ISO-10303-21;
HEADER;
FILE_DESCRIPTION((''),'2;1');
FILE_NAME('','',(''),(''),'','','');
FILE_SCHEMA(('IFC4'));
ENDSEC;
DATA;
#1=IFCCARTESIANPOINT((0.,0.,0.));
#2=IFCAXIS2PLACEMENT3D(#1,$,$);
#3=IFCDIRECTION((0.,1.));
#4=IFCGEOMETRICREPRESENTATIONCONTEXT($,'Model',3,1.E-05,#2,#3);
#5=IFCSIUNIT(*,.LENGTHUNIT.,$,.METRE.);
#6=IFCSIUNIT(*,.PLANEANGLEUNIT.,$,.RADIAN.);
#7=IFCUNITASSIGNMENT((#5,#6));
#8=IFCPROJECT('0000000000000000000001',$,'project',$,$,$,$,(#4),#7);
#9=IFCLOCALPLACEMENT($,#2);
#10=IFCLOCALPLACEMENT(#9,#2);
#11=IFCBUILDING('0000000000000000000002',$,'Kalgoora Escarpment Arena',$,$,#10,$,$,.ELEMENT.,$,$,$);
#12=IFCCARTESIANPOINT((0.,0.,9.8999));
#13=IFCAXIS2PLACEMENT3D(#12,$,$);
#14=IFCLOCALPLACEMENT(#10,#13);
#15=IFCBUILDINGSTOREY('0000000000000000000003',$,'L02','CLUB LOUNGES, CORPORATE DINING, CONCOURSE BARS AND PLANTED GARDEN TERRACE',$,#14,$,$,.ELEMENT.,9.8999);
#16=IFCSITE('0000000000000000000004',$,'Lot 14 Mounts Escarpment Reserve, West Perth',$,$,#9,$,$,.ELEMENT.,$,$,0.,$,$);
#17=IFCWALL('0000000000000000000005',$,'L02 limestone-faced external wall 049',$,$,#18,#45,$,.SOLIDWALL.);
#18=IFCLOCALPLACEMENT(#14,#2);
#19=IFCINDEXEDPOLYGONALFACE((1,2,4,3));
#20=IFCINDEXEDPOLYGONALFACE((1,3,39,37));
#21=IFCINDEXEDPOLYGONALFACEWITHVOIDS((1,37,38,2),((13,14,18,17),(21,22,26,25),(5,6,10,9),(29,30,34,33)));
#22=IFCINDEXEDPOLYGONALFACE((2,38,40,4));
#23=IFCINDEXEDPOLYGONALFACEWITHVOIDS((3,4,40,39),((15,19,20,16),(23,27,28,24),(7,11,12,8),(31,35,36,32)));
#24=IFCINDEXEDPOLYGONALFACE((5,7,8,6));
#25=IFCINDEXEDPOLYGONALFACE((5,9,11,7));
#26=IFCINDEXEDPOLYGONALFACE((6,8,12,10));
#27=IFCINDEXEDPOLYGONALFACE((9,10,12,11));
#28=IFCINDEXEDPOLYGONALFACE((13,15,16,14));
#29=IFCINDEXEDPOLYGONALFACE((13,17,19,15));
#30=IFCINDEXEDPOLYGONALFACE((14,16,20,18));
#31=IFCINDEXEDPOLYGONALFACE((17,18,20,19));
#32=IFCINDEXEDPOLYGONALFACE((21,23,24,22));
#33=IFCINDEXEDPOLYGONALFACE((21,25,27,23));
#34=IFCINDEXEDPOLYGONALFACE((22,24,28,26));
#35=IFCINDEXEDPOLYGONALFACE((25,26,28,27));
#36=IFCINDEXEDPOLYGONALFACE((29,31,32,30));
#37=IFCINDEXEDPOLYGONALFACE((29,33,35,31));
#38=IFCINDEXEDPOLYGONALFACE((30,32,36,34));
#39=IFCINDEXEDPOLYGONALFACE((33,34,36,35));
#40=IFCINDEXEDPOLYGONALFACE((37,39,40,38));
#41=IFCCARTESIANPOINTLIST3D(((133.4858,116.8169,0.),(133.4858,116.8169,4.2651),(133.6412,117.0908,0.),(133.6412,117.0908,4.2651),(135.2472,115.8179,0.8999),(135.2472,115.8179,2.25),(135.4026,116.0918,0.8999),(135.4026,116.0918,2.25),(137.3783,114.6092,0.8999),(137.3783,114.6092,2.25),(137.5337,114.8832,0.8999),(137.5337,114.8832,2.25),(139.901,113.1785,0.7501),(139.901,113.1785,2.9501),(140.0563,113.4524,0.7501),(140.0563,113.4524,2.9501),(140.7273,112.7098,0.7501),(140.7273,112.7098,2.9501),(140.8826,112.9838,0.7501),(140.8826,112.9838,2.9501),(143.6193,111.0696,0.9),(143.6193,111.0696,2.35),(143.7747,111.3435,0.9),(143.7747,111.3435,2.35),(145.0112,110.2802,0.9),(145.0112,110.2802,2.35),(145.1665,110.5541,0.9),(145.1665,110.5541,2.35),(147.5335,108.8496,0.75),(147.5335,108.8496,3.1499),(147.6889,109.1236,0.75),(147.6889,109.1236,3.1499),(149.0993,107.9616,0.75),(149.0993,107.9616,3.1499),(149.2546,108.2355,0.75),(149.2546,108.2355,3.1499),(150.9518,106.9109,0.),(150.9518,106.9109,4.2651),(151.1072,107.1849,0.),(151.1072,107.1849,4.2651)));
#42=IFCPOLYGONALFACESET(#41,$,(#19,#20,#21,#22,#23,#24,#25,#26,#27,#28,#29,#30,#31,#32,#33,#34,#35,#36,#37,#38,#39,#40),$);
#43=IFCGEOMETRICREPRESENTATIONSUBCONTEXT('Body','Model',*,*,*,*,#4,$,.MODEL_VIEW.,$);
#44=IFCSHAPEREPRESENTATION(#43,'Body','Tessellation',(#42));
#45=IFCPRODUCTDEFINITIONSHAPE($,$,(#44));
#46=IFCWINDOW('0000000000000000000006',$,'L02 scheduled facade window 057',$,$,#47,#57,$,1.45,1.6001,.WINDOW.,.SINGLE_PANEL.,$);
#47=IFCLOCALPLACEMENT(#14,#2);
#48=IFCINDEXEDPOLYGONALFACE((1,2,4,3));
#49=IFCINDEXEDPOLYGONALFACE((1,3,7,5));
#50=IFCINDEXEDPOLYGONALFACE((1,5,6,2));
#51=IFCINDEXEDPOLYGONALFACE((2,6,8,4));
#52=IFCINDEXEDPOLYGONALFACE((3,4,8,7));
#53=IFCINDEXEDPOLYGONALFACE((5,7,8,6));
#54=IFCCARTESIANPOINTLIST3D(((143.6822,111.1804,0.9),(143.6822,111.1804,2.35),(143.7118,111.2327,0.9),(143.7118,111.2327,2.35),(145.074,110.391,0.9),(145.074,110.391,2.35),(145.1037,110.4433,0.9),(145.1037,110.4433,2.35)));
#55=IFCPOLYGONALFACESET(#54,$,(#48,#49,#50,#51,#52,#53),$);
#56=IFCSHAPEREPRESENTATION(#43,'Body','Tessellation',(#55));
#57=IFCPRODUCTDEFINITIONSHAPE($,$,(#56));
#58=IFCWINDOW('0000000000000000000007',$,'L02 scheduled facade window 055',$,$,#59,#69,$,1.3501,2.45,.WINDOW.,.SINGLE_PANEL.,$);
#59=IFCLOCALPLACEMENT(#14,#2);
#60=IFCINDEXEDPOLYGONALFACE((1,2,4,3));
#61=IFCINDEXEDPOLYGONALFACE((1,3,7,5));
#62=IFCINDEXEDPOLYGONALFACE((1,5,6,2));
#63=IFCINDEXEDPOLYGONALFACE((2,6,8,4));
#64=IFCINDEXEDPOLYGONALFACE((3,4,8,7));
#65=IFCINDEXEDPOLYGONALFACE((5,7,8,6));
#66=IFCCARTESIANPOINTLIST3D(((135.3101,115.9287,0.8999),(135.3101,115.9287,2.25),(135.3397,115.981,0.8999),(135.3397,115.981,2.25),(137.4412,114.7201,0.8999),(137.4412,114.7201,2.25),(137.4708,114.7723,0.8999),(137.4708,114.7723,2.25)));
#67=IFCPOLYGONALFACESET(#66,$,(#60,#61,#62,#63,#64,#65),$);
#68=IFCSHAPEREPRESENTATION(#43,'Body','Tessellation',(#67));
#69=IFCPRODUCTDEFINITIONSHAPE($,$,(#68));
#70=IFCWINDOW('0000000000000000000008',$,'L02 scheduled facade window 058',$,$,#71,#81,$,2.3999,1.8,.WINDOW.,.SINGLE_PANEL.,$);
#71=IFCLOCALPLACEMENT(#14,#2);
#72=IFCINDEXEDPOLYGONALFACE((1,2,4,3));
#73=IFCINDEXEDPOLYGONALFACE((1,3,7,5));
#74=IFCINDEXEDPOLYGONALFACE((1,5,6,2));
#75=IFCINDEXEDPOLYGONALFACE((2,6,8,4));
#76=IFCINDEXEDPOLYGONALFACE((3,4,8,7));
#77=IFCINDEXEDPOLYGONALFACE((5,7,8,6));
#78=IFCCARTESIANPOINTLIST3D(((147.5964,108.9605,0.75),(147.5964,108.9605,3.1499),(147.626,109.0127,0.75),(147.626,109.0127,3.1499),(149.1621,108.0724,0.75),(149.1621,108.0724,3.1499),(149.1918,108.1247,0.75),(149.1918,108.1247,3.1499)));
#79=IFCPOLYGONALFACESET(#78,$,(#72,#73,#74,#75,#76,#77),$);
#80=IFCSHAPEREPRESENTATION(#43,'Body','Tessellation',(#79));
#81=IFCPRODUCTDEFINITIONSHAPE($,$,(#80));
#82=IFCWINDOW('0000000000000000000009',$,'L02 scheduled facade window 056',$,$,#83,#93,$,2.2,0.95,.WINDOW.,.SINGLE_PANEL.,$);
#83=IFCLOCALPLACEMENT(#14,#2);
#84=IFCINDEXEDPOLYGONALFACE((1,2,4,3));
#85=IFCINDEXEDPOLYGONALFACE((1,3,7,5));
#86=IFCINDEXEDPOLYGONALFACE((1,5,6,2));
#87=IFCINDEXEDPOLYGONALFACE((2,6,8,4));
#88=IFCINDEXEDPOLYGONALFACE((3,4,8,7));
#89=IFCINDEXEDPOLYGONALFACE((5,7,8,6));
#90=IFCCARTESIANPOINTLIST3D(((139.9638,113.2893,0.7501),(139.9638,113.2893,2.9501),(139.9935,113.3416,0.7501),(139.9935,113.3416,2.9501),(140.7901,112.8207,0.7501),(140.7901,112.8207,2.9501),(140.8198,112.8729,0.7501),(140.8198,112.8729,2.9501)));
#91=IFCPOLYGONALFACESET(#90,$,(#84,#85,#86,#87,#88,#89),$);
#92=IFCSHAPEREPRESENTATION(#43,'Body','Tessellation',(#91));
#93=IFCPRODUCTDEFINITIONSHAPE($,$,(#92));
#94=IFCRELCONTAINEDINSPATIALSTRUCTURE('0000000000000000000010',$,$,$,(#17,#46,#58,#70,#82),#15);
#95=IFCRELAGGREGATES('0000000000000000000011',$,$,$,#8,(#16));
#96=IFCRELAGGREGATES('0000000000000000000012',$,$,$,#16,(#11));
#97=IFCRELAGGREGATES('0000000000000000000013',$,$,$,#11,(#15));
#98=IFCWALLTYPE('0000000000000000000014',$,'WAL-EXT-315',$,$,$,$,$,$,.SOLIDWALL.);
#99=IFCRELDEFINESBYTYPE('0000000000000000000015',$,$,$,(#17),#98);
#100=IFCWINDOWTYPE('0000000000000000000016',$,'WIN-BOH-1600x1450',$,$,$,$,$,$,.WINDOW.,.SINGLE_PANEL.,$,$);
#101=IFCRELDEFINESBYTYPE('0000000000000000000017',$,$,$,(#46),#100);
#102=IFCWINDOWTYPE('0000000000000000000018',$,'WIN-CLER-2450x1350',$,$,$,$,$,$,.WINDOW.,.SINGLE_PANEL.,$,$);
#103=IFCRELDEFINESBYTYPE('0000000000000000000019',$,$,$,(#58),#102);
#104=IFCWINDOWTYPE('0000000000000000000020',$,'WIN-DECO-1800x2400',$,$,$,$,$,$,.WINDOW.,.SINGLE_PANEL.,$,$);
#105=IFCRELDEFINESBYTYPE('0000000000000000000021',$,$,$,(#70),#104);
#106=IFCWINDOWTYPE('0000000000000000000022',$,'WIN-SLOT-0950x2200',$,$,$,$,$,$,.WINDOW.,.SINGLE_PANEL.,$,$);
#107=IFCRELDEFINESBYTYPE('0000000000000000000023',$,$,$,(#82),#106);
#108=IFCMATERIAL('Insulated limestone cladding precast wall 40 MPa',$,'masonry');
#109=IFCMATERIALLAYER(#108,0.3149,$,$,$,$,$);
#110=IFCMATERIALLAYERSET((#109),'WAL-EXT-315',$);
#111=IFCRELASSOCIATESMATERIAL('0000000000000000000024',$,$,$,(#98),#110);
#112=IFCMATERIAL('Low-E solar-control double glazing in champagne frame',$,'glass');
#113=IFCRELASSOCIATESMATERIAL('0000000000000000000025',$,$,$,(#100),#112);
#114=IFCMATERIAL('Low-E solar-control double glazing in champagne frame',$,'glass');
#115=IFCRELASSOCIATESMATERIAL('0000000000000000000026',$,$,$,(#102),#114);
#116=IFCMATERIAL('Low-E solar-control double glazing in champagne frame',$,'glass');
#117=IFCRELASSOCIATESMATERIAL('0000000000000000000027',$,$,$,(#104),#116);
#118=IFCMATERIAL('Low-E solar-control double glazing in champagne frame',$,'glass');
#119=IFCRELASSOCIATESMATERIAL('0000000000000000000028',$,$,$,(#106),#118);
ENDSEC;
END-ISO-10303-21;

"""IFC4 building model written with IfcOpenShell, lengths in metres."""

from ifc_helpers import new_model, si_unit, direction, frame, frame_2d, origin, place, context, subcontext, project, spatial, rectangle, extrude, material, layer, layer_set, type_object, element, fill, save


model = new_model("IFC4")

# Units and contexts
model_context = context("Model", 3, precision=1e-05, world=origin(), true_north=direction((0.0, 1.0)))
body_context = subcontext(model_context, "Body", "Model", "MODEL_VIEW")
ifc_project = project(units=[si_unit("LENGTHUNIT", "METRE"), si_unit("PLANEANGLEUNIT", "RADIAN")], contexts=[model_context])

# Site, building, storey
site_placement = place(None, origin())
site = spatial("IfcSite", under=ifc_project, at=site_placement, Name="Lot 14 Mounts Escarpment Reserve, West Perth", CompositionType="ELEMENT", RefElevation=0.0)
building_placement = place(site_placement, origin())
building = spatial("IfcBuilding", under=site, at=building_placement, Name="Kalgoora Escarpment Arena", CompositionType="ELEMENT")
storey_placement = place(building_placement, frame((0.0, 0.0, 9.8999)))
storey = spatial("IfcBuildingStorey", under=building, at=storey_placement, Name="L02", Description="CLUB LOUNGES, CORPORATE DINING, CONCOURSE BARS AND PLANTED GARDEN TERRACE", CompositionType="ELEMENT", Elevation=9.8999)

# Wall, openings, windows
ifc_material_1 = material(Name="Insulated limestone cladding precast wall 40 MPa", Category="masonry")
ifc_layer_1 = layer(ifc_material_1, 0.3149)
ifc_layer_set_1 = layer_set([ifc_layer_1], Name="WAL-EXT-315")
wall_type_1 = type_object("IfcWallType", Name="WAL-EXT-315", PredefinedType="SOLIDWALL", material=ifc_layer_set_1)
wall_1_placement = place(storey_placement, frame((133.5635, 116.9539, 0.0), z_axis=(0.0, 0.0, 1.0), x_axis=(0.869839, -0.493336, 0.0)))
wall_1 = element("IfcWall", 1, at=wall_1_placement, inside=storey, type_object=wall_type_1, Name="L02 limestone-faced external wall 049", PredefinedType="SOLIDWALL", context=body_context, shape_type="SweptSolid", body=[
    extrude(rectangle(XDim=20.0796, YDim=0.3149, at=frame_2d((10.0398, 0.0))), origin(), (0.0, 0.0, 1.0), 4.2651),
])
opening_1_placement = place(wall_1_placement, frame((2.0249, 0.0, 0.8999)))
opening_1 = element("IfcOpeningElement", 2, at=opening_1_placement, cuts=wall_1, PredefinedType="OPENING", context=body_context, shape_type="SweptSolid", body=[
    extrude(rectangle(XDim=2.45, YDim=1.3501, at=frame_2d((1.2251, 0.675))), frame((0.0, 0.1675, 0.0), z_axis=(0.0, -1.0, 0.0), x_axis=(1.0, 0.0, 0.0)), (0.0, 0.0, 1.0), 0.335),
])
opening_2_placement = place(wall_1_placement, frame((7.375, 0.0, 0.75)))
opening_2 = element("IfcOpeningElement", 3, at=opening_2_placement, cuts=wall_1, PredefinedType="OPENING", context=body_context, shape_type="SweptSolid", body=[
    extrude(rectangle(XDim=0.95, YDim=2.2, at=frame_2d((0.4751, 1.1001))), frame((0.0, 0.1675, 0.0), z_axis=(0.0, -1.0, 0.0), x_axis=(1.0, 0.0, 0.0)), (0.0, 0.0, 1.0), 0.335),
])
opening_3_placement = place(wall_1_placement, frame((11.6499, 0.0, 0.8999)))
opening_3 = element("IfcOpeningElement", 4, at=opening_3_placement, cuts=wall_1, PredefinedType="OPENING", context=body_context, shape_type="SweptSolid", body=[
    extrude(rectangle(XDim=1.6001, YDim=1.45, at=frame_2d((0.8, 0.7251))), frame((0.0, 0.1675, 0.0), z_axis=(0.0, -1.0, 0.0), x_axis=(1.0, 0.0, 0.0)), (0.0, 0.0, 1.0), 0.335),
])
opening_4_placement = place(wall_1_placement, frame((16.1499, 0.0, 0.75)))
opening_4 = element("IfcOpeningElement", 5, at=opening_4_placement, cuts=wall_1, PredefinedType="OPENING", context=body_context, shape_type="SweptSolid", body=[
    extrude(rectangle(XDim=1.8, YDim=2.3999, at=frame_2d((0.8999, 1.2))), frame((0.0, 0.1675, 0.0), z_axis=(0.0, -1.0, 0.0), x_axis=(1.0, 0.0, 0.0)), (0.0, 0.0, 1.0), 0.335),
])
ifc_material_2 = material(Name="Low-E solar-control double glazing in champagne frame", Category="glass")
window_type_1 = type_object("IfcWindowType", Name="WIN-BOH-1600x1450", PartitioningType="SINGLE_PANEL", PredefinedType="WINDOW", material=ifc_material_2)
window_1_placement = place(opening_3_placement, origin())
window_1 = element("IfcWindow", 6, at=window_1_placement, inside=storey, type_object=window_type_1, Name="L02 scheduled facade window 057", OverallHeight=1.45, OverallWidth=1.6001, PartitioningType="SINGLE_PANEL", PredefinedType="WINDOW", context=body_context, shape_type="SweptSolid", body=[
    extrude(rectangle(XDim=1.6001, YDim=1.45, at=frame_2d((0.8, 0.7251))), frame((0.0, 0.03, 0.0), z_axis=(0.0, -1.0, 0.0), x_axis=(1.0, 0.0, 0.0)), (0.0, 0.0, 1.0), 0.0601),
])
fill(opening_3, window_1)
ifc_material_3 = material(Name="Low-E solar-control double glazing in champagne frame", Category="glass")
window_type_2 = type_object("IfcWindowType", Name="WIN-CLER-2450x1350", PartitioningType="SINGLE_PANEL", PredefinedType="WINDOW", material=ifc_material_3)
window_2_placement = place(opening_1_placement, origin())
window_2 = element("IfcWindow", 7, at=window_2_placement, inside=storey, type_object=window_type_2, Name="L02 scheduled facade window 055", OverallHeight=1.3501, OverallWidth=2.45, PartitioningType="SINGLE_PANEL", PredefinedType="WINDOW", context=body_context, shape_type="SweptSolid", body=[
    extrude(rectangle(XDim=2.45, YDim=1.3501, at=frame_2d((1.2251, 0.675))), frame((0.0, 0.03, 0.0), z_axis=(0.0, -1.0, 0.0), x_axis=(1.0, 0.0, 0.0)), (0.0, 0.0, 1.0), 0.0601),
])
fill(opening_1, window_2)
ifc_material_4 = material(Name="Low-E solar-control double glazing in champagne frame", Category="glass")
window_type_3 = type_object("IfcWindowType", Name="WIN-DECO-1800x2400", PartitioningType="SINGLE_PANEL", PredefinedType="WINDOW", material=ifc_material_4)
window_3_placement = place(opening_4_placement, origin())
window_3 = element("IfcWindow", 8, at=window_3_placement, inside=storey, type_object=window_type_3, Name="L02 scheduled facade window 058", OverallHeight=2.3999, OverallWidth=1.8, PartitioningType="SINGLE_PANEL", PredefinedType="WINDOW", context=body_context, shape_type="SweptSolid", body=[
    extrude(rectangle(XDim=1.8, YDim=2.3999, at=frame_2d((0.8999, 1.2))), frame((0.0, 0.03, 0.0), z_axis=(0.0, -1.0, 0.0), x_axis=(1.0, 0.0, 0.0)), (0.0, 0.0, 1.0), 0.0601),
])
fill(opening_4, window_3)
ifc_material_5 = material(Name="Low-E solar-control double glazing in champagne frame", Category="glass")
window_type_4 = type_object("IfcWindowType", Name="WIN-SLOT-0950x2200", PartitioningType="SINGLE_PANEL", PredefinedType="WINDOW", material=ifc_material_5)
window_4_placement = place(opening_2_placement, origin())
window_4 = element("IfcWindow", 9, at=window_4_placement, inside=storey, type_object=window_type_4, Name="L02 scheduled facade window 056", OverallHeight=2.2, OverallWidth=0.95, PartitioningType="SINGLE_PANEL", PredefinedType="WINDOW", context=body_context, shape_type="SweptSolid", body=[
    extrude(rectangle(XDim=0.95, YDim=2.2, at=frame_2d((0.4751, 1.1001))), frame((0.0, 0.03, 0.0), z_axis=(0.0, -1.0, 0.0), x_axis=(1.0, 0.0, 0.0)), (0.0, 0.0, 1.0), 0.0601),
])
fill(opening_2, window_4)

save(model, "model.ifc")
